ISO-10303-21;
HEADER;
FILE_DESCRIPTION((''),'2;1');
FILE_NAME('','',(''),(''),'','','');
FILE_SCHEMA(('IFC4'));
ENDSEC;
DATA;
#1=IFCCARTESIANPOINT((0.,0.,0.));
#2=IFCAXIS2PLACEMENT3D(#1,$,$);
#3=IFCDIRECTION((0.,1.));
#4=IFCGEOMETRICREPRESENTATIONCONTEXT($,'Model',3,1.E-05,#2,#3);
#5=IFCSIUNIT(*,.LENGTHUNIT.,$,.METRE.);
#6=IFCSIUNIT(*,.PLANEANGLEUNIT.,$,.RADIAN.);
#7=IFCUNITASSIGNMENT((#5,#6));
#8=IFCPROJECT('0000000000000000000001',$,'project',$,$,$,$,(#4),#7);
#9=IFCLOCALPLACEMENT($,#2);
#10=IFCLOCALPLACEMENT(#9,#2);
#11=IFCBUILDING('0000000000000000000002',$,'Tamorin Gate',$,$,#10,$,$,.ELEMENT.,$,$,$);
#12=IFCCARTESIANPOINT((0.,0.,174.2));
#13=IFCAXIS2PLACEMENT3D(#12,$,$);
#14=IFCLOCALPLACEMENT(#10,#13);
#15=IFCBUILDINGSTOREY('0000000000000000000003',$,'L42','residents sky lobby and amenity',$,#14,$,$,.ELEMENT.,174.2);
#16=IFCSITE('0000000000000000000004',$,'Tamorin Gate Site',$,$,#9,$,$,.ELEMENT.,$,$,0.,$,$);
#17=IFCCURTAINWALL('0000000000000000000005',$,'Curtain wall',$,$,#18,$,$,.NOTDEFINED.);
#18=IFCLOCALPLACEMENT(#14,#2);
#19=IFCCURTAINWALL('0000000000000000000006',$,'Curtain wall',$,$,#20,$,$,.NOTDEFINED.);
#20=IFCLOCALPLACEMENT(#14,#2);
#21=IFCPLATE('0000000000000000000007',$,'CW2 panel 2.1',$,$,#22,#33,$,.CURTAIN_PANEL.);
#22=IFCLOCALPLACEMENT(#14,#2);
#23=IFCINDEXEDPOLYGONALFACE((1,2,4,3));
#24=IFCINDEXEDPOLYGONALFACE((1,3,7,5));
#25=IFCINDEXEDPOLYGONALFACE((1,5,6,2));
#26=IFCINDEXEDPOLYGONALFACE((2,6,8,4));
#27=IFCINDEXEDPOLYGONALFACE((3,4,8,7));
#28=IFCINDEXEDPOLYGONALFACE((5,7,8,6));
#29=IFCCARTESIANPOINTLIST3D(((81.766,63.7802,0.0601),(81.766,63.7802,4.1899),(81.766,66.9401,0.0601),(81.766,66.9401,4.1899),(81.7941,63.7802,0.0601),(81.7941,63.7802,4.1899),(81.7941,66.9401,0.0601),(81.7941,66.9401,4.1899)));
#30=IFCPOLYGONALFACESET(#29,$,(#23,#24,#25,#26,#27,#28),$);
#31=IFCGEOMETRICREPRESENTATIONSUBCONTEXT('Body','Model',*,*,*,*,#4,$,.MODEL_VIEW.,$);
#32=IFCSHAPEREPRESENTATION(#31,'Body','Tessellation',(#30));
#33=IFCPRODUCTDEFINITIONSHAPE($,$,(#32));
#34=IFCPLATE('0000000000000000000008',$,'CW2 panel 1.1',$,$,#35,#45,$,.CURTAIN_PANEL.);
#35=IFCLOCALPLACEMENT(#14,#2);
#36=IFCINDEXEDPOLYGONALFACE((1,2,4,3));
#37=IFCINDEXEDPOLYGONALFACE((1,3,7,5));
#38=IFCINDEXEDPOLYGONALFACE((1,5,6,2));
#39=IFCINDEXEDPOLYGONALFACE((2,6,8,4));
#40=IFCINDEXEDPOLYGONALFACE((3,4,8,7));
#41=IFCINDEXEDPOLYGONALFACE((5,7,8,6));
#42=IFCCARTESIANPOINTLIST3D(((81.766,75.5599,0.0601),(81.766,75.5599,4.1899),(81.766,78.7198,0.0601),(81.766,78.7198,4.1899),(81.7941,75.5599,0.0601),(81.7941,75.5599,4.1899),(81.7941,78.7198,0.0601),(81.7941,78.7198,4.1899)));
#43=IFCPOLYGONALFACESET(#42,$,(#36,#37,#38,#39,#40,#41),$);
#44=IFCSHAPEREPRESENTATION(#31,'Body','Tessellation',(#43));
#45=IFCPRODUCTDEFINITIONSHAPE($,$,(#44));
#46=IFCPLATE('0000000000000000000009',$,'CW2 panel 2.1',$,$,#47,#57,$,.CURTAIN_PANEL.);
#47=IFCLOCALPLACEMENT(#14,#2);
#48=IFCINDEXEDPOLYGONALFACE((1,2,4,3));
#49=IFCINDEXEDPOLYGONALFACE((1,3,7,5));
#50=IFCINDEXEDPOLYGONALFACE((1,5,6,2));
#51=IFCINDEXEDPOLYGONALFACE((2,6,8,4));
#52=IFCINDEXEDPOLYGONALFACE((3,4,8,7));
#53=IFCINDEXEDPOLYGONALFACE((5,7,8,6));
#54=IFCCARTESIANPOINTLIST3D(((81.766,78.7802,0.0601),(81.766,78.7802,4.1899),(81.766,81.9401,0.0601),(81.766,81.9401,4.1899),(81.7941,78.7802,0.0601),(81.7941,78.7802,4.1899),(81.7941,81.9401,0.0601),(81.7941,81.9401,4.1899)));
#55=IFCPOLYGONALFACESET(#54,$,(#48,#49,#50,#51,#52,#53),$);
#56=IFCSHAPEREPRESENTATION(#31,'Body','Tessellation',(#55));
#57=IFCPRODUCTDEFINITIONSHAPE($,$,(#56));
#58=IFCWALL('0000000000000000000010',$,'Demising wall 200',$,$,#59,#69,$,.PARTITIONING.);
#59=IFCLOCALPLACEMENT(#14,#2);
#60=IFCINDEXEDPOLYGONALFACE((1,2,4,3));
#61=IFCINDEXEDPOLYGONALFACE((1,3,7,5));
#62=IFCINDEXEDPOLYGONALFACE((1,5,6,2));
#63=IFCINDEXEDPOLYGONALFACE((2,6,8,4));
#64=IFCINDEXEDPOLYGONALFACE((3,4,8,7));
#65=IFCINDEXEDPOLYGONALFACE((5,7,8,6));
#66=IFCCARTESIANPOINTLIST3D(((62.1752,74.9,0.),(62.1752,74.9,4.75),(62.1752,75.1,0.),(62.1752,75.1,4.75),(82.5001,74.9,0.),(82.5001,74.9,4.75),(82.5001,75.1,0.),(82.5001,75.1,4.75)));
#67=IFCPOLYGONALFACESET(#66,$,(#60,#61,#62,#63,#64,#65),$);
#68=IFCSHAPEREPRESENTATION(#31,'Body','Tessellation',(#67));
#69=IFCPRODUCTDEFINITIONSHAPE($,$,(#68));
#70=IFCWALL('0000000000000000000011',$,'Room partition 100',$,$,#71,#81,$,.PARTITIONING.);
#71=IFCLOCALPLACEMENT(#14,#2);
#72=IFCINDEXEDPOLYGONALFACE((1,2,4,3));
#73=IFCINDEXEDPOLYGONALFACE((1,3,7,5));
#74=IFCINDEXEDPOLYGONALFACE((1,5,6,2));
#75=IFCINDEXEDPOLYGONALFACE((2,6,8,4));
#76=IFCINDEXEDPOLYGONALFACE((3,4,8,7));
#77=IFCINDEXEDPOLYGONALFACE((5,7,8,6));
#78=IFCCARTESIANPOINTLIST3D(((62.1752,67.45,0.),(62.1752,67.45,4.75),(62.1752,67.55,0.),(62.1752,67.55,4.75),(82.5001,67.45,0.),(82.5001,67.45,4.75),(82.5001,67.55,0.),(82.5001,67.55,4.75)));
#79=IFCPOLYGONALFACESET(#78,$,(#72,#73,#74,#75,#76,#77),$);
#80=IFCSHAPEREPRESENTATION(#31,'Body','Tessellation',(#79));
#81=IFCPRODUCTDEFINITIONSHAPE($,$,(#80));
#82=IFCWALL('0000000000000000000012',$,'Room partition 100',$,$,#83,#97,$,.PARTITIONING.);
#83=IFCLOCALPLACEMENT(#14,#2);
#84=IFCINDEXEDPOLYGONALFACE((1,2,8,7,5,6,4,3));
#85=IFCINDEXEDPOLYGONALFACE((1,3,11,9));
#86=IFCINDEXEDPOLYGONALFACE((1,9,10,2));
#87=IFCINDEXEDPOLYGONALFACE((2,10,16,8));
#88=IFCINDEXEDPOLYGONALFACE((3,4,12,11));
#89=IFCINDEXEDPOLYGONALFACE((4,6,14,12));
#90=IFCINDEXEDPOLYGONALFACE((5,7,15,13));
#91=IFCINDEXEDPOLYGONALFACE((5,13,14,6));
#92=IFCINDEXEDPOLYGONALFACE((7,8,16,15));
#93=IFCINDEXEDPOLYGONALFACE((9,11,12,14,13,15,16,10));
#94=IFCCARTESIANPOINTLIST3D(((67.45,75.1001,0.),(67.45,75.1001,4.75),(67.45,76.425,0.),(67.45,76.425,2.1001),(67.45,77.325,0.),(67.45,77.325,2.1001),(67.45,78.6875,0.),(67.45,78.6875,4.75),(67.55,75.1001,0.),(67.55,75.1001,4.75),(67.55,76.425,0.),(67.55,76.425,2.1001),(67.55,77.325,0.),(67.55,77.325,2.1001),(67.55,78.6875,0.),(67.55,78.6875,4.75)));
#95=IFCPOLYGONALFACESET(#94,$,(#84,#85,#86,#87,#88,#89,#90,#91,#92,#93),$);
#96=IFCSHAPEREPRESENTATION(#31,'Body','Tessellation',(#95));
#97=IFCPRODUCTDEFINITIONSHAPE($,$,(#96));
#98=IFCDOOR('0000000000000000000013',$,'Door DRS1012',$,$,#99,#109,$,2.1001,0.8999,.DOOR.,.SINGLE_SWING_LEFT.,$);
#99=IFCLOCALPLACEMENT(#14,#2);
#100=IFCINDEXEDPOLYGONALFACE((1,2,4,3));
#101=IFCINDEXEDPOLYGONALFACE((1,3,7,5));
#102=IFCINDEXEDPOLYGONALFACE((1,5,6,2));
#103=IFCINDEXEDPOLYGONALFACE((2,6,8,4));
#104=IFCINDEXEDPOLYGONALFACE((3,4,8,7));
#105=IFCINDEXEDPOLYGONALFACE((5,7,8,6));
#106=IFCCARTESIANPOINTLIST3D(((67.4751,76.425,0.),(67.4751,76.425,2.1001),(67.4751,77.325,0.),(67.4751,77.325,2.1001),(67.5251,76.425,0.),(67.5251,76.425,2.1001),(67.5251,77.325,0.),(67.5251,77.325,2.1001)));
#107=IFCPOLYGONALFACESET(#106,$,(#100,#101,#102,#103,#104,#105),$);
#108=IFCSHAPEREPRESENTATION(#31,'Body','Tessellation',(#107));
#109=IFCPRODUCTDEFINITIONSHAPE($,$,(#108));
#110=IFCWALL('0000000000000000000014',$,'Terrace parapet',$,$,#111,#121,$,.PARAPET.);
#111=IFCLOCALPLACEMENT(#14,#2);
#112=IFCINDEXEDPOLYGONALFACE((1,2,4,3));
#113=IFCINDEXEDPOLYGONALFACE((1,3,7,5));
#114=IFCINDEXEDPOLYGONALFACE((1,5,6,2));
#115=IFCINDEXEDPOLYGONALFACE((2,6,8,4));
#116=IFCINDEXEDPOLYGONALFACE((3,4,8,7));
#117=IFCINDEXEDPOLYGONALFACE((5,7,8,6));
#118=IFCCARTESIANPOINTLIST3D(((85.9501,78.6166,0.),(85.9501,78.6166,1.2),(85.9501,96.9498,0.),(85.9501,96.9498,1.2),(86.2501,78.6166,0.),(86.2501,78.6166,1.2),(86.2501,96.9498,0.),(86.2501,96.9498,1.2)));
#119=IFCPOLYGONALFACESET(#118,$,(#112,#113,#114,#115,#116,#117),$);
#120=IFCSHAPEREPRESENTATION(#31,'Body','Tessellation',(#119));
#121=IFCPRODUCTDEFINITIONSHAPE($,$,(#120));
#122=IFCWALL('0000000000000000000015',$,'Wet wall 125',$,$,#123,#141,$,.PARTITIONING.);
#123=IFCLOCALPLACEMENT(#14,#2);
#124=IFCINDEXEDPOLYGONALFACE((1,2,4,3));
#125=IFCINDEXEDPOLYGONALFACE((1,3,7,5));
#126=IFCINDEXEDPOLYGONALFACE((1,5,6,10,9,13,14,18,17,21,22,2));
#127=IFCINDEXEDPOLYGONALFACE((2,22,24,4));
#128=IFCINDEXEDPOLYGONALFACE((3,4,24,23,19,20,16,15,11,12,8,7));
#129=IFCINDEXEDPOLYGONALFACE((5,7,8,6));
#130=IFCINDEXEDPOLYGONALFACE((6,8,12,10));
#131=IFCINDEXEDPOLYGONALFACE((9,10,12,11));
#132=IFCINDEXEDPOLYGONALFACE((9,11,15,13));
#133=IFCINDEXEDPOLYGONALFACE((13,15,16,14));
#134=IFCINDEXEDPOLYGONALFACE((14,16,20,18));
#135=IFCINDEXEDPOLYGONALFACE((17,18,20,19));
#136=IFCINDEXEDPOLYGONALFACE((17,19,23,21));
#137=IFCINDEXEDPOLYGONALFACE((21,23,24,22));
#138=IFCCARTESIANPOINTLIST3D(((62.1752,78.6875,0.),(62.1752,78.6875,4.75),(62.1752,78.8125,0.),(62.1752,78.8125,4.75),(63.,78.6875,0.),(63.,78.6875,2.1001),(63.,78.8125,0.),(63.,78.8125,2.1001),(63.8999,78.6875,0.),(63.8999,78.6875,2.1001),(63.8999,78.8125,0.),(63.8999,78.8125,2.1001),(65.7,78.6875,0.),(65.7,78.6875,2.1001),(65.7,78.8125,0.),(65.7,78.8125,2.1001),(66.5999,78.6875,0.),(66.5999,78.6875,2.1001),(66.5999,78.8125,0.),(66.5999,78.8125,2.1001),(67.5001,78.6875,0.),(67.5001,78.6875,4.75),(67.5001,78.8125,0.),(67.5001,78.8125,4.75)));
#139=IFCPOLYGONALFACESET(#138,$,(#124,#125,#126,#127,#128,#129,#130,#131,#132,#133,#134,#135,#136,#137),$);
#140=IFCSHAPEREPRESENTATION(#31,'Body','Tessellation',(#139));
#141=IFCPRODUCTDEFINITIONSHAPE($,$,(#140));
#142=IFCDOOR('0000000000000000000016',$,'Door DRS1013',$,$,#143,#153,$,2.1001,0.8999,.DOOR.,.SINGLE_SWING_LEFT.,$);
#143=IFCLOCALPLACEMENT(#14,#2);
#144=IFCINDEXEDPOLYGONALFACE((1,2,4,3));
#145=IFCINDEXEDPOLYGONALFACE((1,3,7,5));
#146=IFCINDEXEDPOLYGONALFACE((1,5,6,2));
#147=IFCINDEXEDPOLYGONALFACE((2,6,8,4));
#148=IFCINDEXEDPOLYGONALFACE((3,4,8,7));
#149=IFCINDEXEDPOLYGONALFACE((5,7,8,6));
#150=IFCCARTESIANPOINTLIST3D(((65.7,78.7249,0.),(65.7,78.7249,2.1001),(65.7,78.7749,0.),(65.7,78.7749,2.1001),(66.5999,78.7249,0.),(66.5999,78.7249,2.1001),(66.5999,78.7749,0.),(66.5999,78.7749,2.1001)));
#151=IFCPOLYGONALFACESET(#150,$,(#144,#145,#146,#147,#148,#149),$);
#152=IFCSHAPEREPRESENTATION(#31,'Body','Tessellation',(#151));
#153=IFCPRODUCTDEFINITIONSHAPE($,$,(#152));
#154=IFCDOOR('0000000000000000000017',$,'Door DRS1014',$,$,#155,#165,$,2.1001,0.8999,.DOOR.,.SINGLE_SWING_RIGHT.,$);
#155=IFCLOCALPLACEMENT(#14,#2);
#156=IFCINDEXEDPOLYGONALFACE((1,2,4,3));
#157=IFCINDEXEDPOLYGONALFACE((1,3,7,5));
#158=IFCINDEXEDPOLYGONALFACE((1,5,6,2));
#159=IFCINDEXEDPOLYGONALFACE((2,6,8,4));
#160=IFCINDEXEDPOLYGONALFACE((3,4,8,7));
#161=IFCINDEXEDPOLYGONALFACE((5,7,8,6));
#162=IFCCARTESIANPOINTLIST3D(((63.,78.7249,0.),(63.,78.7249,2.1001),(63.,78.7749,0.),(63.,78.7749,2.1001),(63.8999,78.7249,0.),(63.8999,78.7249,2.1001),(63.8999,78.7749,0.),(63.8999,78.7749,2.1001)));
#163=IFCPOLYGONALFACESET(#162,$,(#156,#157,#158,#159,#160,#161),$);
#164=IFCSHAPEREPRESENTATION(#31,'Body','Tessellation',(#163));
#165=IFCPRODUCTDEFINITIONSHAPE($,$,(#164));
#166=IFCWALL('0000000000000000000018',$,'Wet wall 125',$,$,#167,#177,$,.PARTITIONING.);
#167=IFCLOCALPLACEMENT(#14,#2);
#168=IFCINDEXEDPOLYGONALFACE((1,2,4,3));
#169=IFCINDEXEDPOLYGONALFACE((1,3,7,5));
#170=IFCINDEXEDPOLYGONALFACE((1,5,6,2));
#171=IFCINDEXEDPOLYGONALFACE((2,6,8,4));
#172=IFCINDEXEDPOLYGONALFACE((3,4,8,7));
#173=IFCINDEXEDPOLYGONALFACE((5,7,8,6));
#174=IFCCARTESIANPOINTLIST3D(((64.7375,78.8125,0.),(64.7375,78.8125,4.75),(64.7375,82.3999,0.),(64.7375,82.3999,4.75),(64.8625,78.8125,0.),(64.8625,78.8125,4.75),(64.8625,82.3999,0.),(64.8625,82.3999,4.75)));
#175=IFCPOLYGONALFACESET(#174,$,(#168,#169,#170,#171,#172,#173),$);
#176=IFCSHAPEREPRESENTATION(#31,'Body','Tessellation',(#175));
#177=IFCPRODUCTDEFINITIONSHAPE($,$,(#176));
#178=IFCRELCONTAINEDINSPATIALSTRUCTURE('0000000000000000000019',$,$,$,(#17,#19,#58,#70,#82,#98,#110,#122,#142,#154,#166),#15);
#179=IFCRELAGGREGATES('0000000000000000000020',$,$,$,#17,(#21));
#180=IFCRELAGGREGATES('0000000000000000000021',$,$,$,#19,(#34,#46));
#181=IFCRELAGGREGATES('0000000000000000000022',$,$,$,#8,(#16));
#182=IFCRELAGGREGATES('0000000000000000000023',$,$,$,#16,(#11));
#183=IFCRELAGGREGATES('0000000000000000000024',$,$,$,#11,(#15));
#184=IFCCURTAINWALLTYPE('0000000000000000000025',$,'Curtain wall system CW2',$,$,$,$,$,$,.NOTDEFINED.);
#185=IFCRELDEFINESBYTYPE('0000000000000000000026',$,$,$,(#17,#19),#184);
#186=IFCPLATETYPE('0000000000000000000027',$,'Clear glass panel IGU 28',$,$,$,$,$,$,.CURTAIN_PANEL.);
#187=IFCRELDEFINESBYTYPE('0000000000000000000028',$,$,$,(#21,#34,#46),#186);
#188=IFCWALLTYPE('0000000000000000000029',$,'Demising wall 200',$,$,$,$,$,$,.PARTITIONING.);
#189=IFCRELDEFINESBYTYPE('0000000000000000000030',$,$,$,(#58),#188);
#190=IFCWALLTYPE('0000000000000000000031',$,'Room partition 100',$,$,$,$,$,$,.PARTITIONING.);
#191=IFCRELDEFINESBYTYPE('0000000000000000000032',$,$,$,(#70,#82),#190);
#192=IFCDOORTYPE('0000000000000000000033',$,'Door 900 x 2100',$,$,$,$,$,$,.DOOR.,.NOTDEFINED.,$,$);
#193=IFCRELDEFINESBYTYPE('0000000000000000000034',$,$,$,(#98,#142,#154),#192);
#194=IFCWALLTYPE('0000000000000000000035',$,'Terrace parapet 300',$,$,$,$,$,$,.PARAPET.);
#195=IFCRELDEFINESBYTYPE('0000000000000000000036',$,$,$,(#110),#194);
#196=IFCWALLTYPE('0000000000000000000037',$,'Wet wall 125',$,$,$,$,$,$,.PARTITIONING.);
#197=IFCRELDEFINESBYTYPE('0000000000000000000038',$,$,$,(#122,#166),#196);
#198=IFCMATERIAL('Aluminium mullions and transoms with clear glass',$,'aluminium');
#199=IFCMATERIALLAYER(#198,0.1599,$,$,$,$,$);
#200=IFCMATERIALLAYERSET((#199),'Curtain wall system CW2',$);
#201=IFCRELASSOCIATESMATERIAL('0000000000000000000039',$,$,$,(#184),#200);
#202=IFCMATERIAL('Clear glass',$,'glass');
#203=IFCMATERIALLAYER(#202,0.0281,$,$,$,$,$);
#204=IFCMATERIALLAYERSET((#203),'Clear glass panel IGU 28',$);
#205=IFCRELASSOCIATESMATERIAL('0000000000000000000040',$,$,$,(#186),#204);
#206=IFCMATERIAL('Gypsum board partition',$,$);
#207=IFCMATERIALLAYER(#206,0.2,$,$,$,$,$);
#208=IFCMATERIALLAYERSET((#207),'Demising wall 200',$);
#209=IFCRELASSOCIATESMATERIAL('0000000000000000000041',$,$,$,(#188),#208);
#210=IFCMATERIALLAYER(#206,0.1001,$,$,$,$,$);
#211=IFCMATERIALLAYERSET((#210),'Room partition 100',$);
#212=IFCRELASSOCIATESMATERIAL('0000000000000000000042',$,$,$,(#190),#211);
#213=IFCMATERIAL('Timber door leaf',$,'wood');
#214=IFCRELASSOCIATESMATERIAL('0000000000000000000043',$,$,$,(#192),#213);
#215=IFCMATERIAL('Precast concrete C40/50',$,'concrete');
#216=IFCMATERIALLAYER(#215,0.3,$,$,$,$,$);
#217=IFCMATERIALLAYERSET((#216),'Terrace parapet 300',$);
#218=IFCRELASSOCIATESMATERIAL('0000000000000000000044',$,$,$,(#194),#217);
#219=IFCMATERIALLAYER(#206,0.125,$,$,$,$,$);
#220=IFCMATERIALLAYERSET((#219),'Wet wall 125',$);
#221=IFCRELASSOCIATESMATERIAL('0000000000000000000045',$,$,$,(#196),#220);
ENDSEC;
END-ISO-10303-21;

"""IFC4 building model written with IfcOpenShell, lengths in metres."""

from ifc_helpers import new_model, si_unit, direction, frame, frame_2d, origin, origin_2d, place, context, subcontext, project, spatial, rectangle, extrude, material, layer, layer_set, type_object, element, fill, aggregate, save


model = new_model("IFC4")

# Units and contexts
model_context = context("Model", 3, precision=1e-05, world=origin(), true_north=direction((0.0, 1.0)))
body_context = subcontext(model_context, "Body", "Model", "MODEL_VIEW")
ifc_project = project(units=[si_unit("LENGTHUNIT", "METRE"), si_unit("PLANEANGLEUNIT", "RADIAN")], contexts=[model_context])

# Site, building, storey
site_placement = place(None, origin())
site = spatial("IfcSite", under=ifc_project, at=site_placement, Name="Tamorin Gate Site", CompositionType="ELEMENT", RefElevation=0.0)
building_placement = place(site_placement, origin())
building = spatial("IfcBuilding", under=site, at=building_placement, Name="Tamorin Gate", CompositionType="ELEMENT")
storey_placement = place(building_placement, frame((0.0, 0.0, 174.2)))
storey = spatial("IfcBuildingStorey", under=building, at=storey_placement, Name="L42", Description="residents sky lobby and amenity", CompositionType="ELEMENT", Elevation=174.2)

# Curtain wall
ifc_material_1 = material(Name="Aluminium mullions and transoms with clear glass", Category="aluminium")
ifc_layer_1 = layer(ifc_material_1, 0.1599)
ifc_layer_set_1 = layer_set([ifc_layer_1], Name="Curtain wall system CW2")
curtain_wall_type = type_object("IfcCurtainWallType", Name="Curtain wall system CW2", PredefinedType="NOTDEFINED", material=ifc_layer_set_1)
curtain_wall_1_placement = place(storey_placement, origin())
curtain_wall_1 = element("IfcCurtainWall", 1, at=curtain_wall_1_placement, inside=storey, type_object=curtain_wall_type, Name="Curtain wall", PredefinedType="NOTDEFINED")

# Curtain wall
curtain_wall_2_placement = place(storey_placement, origin())
curtain_wall_2 = element("IfcCurtainWall", 2, at=curtain_wall_2_placement, inside=storey, type_object=curtain_wall_type, Name="Curtain wall", PredefinedType="NOTDEFINED")

# Plates
ifc_material_2 = material(Name="Clear glass", Category="glass")
ifc_layer_2 = layer(ifc_material_2, 0.0281)
ifc_layer_set_2 = layer_set([ifc_layer_2], Name="Clear glass panel IGU 28")
plate_type = type_object("IfcPlateType", Name="Clear glass panel IGU 28", PredefinedType="CURTAIN_PANEL", material=ifc_layer_set_2)
plate_1_placement = place(storey_placement, frame((81.78, 65.3601, 0.0601), z_axis=(0.0, 0.0, 1.0), x_axis=(0.0, 1.0, 0.0)))
plate_1 = element("IfcPlate", 3, at=plate_1_placement, type_object=plate_type, Name="CW2 panel 2.1", PredefinedType="CURTAIN_PANEL", context=body_context, shape_type="SweptSolid", body=[
    extrude(rectangle(XDim=3.1599, YDim=0.0281, at=origin_2d()), origin(), (0.0, 0.0, 1.0), 4.1299),
])
aggregate(curtain_wall_1, [plate_1])
plate_2_placement = place(storey_placement, frame((81.78, 77.1399, 0.0601), z_axis=(0.0, 0.0, 1.0), x_axis=(0.0, 1.0, 0.0)))
plate_2 = element("IfcPlate", 4, at=plate_2_placement, type_object=plate_type, Name="CW2 panel 1.1", PredefinedType="CURTAIN_PANEL", context=body_context, shape_type="SweptSolid", body=[
    extrude(rectangle(XDim=3.1599, YDim=0.0281, at=origin_2d()), origin(), (0.0, 0.0, 1.0), 4.1299),
])
plate_3_placement = place(storey_placement, frame((81.78, 80.3601, 0.0601), z_axis=(0.0, 0.0, 1.0), x_axis=(0.0, 1.0, 0.0)))
plate_3 = element("IfcPlate", 5, at=plate_3_placement, type_object=plate_type, Name="CW2 panel 2.1", PredefinedType="CURTAIN_PANEL", context=body_context, shape_type="SweptSolid", body=[
    extrude(rectangle(XDim=3.1599, YDim=0.0281, at=origin_2d()), origin(), (0.0, 0.0, 1.0), 4.1299),
])
aggregate(curtain_wall_2, [plate_2, plate_3])

# Shared definitions
ifc_material_3 = material(Name="Precast concrete C40/50", Category="concrete")

# Walls
ifc_material_4 = material(Name="Gypsum board partition")
ifc_layer_3 = layer(ifc_material_4, 0.2)
ifc_layer_set_3 = layer_set([ifc_layer_3], Name="Demising wall 200")
wall_type_1 = type_object("IfcWallType", Name="Demising wall 200", PredefinedType="PARTITIONING", material=ifc_layer_set_3)
wall_1_placement = place(storey_placement, frame((62.175, 75.0, 0.0), z_axis=(0.0, 0.0, 1.0), x_axis=(1.0, 0.0, 0.0)))
element("IfcWall", 6, at=wall_1_placement, inside=storey, type_object=wall_type_1, Name="Demising wall 200", PredefinedType="PARTITIONING", context=body_context, shape_type="SweptSolid", body=[
    extrude(rectangle(XDim=20.325, YDim=0.2, at=frame_2d((10.1626, 0.0))), origin(), (0.0, 0.0, 1.0), 4.75),
])
ifc_layer_4 = layer(ifc_material_4, 0.1001)
ifc_layer_set_4 = layer_set([ifc_layer_4], Name="Room partition 100")
wall_type_2 = type_object("IfcWallType", Name="Room partition 100", PredefinedType="PARTITIONING", material=ifc_layer_set_4)
wall_2_placement = place(storey_placement, frame((62.175, 67.5, 0.0), z_axis=(0.0, 0.0, 1.0), x_axis=(1.0, 0.0, 0.0)))
element("IfcWall", 7, at=wall_2_placement, inside=storey, type_object=wall_type_2, Name="Room partition 100", PredefinedType="PARTITIONING", context=body_context, shape_type="SweptSolid", body=[
    extrude(rectangle(XDim=20.325, YDim=0.1001, at=frame_2d((10.1626, 0.0))), origin(), (0.0, 0.0, 1.0), 4.75),
])

# Wall, opening, door
wall_3_placement = place(storey_placement, frame((67.5, 75.1001, 0.0), z_axis=(0.0, 0.0, 1.0), x_axis=(0.0, 1.0, 0.0)))
wall_3 = element("IfcWall", 8, at=wall_3_placement, inside=storey, type_object=wall_type_2, Name="Room partition 100", PredefinedType="PARTITIONING", context=body_context, shape_type="SweptSolid", body=[
    extrude(rectangle(XDim=3.5874, YDim=0.1001, at=frame_2d((1.7937, 0.0))), origin(), (0.0, 0.0, 1.0), 4.75),
])
opening_1_placement = place(wall_3_placement, frame((1.325, 0.0, 0.0)))
opening_1 = element("IfcOpeningElement", 9, at=opening_1_placement, cuts=wall_3, PredefinedType="OPENING", context=body_context, shape_type="SweptSolid", body=[
    extrude(rectangle(XDim=0.8999, YDim=2.1001, at=frame_2d((0.45, 1.05))), frame((0.0, 0.0601, 0.0), z_axis=(0.0, -1.0, 0.0), x_axis=(1.0, 0.0, 0.0)), (0.0, 0.0, 1.0), 0.1201),
])
ifc_material_5 = material(Name="Timber door leaf", Category="wood")
door_type_1 = type_object("IfcDoorType", Name="Door 900 x 2100", OperationType="NOTDEFINED", PredefinedType="DOOR", material=ifc_material_5)
door_1_placement = place(opening_1_placement, origin())
door_1 = element("IfcDoor", 10, at=door_1_placement, inside=storey, type_object=door_type_1, Name="Door DRS1012", OperationType="SINGLE_SWING_LEFT", OverallHeight=2.1001, OverallWidth=0.8999, PredefinedType="DOOR", context=body_context, shape_type="SweptSolid", body=[
    extrude(rectangle(XDim=0.8999, YDim=2.1001, at=frame_2d((0.45, 1.05))), frame((0.0, 0.0249, 0.0), z_axis=(0.0, -1.0, 0.0), x_axis=(1.0, 0.0, 0.0)), (0.0, 0.0, 1.0), 0.05),
])
fill(opening_1, door_1)

# Wall
ifc_layer_5 = layer(ifc_material_3, 0.3)
ifc_layer_set_5 = layer_set([ifc_layer_5], Name="Terrace parapet 300")
wall_type_3 = type_object("IfcWallType", Name="Terrace parapet 300", PredefinedType="PARAPET", material=ifc_layer_set_5)
wall_4_placement = place(storey_placement, frame((86.1001, 78.6167, 0.0), z_axis=(0.0, 0.0, 1.0), x_axis=(0.0, 1.0, 0.0)))
element("IfcWall", 11, at=wall_4_placement, inside=storey, type_object=wall_type_3, Name="Terrace parapet", PredefinedType="PARAPET", context=body_context, shape_type="SweptSolid", body=[
    extrude(rectangle(XDim=18.3333, YDim=0.3, at=frame_2d((9.1665, 0.0))), origin(), (0.0, 0.0, 1.0), 1.2),
])

# Wall, openings, doors
ifc_layer_6 = layer(ifc_material_4, 0.125)
ifc_layer_set_6 = layer_set([ifc_layer_6], Name="Wet wall 125")
wall_type_4 = type_object("IfcWallType", Name="Wet wall 125", PredefinedType="PARTITIONING", material=ifc_layer_set_6)
wall_5_placement = place(storey_placement, frame((62.175, 78.75, 0.0), z_axis=(0.0, 0.0, 1.0), x_axis=(1.0, 0.0, 0.0)))
wall_5 = element("IfcWall", 12, at=wall_5_placement, inside=storey, type_object=wall_type_4, Name="Wet wall 125", PredefinedType="PARTITIONING", context=body_context, shape_type="SweptSolid", body=[
    extrude(rectangle(XDim=5.325, YDim=0.125, at=frame_2d((2.6626, 0.0))), origin(), (0.0, 0.0, 1.0), 4.75),
])
opening_2_placement = place(wall_5_placement, frame((3.5249, 0.0, 0.0)))
opening_2 = element("IfcOpeningElement", 13, at=opening_2_placement, cuts=wall_5, PredefinedType="OPENING", context=body_context, shape_type="SweptSolid", body=[
    extrude(rectangle(XDim=0.8999, YDim=2.1001, at=frame_2d((0.45, 1.05))), frame((0.0, 0.0725, 0.0), z_axis=(0.0, -1.0, 0.0), x_axis=(1.0, 0.0, 0.0)), (0.0, 0.0, 1.0), 0.145),
])
opening_3_placement = place(wall_5_placement, frame((0.825, 0.0, 0.0)))
opening_3 = element("IfcOpeningElement", 14, at=opening_3_placement, cuts=wall_5, PredefinedType="OPENING", context=body_context, shape_type="SweptSolid", body=[
    extrude(rectangle(XDim=0.8999, YDim=2.1001, at=frame_2d((0.45, 1.05))), frame((0.0, 0.0725, 0.0), z_axis=(0.0, -1.0, 0.0), x_axis=(1.0, 0.0, 0.0)), (0.0, 0.0, 1.0), 0.145),
])
door_2_placement = place(opening_2_placement, origin())
door_2 = element("IfcDoor", 15, at=door_2_placement, inside=storey, type_object=door_type_1, Name="Door DRS1013", OperationType="SINGLE_SWING_LEFT", OverallHeight=2.1001, OverallWidth=0.8999, PredefinedType="DOOR", context=body_context, shape_type="SweptSolid", body=[
    extrude(rectangle(XDim=0.8999, YDim=2.1001, at=frame_2d((0.45, 1.05))), frame((0.0, 0.0249, 0.0), z_axis=(0.0, -1.0, 0.0), x_axis=(1.0, 0.0, 0.0)), (0.0, 0.0, 1.0), 0.05),
])
fill(opening_2, door_2)
door_3_placement = place(opening_3_placement, origin())
door_3 = element("IfcDoor", 16, at=door_3_placement, inside=storey, type_object=door_type_1, Name="Door DRS1014", OperationType="SINGLE_SWING_RIGHT", OverallHeight=2.1001, OverallWidth=0.8999, PredefinedType="DOOR", context=body_context, shape_type="SweptSolid", body=[
    extrude(rectangle(XDim=0.8999, YDim=2.1001, at=frame_2d((0.45, 1.05))), frame((0.0, 0.0249, 0.0), z_axis=(0.0, -1.0, 0.0), x_axis=(1.0, 0.0, 0.0)), (0.0, 0.0, 1.0), 0.05),
])
fill(opening_3, door_3)

# Wall
for number, where, z_axis, x_axis, name in (
    (17, (64.8, 78.8125, 0.0), (0.0, 0.0, 1.0), (0.0, 1.0, 0.0), "Wet wall 125"),
):
    element("IfcWall", number, at=place(storey_placement, frame(where, z_axis=z_axis, x_axis=x_axis)), inside=storey, type_object=wall_type_4, Name=name, PredefinedType="PARTITIONING", context=body_context, shape_type="SweptSolid", body=[
        extrude(rectangle(XDim=3.5874, YDim=0.125, at=frame_2d((1.7937, 0.0))), origin(), (0.0, 0.0, 1.0), 4.75),
    ])

save(model, "model.ifc")
